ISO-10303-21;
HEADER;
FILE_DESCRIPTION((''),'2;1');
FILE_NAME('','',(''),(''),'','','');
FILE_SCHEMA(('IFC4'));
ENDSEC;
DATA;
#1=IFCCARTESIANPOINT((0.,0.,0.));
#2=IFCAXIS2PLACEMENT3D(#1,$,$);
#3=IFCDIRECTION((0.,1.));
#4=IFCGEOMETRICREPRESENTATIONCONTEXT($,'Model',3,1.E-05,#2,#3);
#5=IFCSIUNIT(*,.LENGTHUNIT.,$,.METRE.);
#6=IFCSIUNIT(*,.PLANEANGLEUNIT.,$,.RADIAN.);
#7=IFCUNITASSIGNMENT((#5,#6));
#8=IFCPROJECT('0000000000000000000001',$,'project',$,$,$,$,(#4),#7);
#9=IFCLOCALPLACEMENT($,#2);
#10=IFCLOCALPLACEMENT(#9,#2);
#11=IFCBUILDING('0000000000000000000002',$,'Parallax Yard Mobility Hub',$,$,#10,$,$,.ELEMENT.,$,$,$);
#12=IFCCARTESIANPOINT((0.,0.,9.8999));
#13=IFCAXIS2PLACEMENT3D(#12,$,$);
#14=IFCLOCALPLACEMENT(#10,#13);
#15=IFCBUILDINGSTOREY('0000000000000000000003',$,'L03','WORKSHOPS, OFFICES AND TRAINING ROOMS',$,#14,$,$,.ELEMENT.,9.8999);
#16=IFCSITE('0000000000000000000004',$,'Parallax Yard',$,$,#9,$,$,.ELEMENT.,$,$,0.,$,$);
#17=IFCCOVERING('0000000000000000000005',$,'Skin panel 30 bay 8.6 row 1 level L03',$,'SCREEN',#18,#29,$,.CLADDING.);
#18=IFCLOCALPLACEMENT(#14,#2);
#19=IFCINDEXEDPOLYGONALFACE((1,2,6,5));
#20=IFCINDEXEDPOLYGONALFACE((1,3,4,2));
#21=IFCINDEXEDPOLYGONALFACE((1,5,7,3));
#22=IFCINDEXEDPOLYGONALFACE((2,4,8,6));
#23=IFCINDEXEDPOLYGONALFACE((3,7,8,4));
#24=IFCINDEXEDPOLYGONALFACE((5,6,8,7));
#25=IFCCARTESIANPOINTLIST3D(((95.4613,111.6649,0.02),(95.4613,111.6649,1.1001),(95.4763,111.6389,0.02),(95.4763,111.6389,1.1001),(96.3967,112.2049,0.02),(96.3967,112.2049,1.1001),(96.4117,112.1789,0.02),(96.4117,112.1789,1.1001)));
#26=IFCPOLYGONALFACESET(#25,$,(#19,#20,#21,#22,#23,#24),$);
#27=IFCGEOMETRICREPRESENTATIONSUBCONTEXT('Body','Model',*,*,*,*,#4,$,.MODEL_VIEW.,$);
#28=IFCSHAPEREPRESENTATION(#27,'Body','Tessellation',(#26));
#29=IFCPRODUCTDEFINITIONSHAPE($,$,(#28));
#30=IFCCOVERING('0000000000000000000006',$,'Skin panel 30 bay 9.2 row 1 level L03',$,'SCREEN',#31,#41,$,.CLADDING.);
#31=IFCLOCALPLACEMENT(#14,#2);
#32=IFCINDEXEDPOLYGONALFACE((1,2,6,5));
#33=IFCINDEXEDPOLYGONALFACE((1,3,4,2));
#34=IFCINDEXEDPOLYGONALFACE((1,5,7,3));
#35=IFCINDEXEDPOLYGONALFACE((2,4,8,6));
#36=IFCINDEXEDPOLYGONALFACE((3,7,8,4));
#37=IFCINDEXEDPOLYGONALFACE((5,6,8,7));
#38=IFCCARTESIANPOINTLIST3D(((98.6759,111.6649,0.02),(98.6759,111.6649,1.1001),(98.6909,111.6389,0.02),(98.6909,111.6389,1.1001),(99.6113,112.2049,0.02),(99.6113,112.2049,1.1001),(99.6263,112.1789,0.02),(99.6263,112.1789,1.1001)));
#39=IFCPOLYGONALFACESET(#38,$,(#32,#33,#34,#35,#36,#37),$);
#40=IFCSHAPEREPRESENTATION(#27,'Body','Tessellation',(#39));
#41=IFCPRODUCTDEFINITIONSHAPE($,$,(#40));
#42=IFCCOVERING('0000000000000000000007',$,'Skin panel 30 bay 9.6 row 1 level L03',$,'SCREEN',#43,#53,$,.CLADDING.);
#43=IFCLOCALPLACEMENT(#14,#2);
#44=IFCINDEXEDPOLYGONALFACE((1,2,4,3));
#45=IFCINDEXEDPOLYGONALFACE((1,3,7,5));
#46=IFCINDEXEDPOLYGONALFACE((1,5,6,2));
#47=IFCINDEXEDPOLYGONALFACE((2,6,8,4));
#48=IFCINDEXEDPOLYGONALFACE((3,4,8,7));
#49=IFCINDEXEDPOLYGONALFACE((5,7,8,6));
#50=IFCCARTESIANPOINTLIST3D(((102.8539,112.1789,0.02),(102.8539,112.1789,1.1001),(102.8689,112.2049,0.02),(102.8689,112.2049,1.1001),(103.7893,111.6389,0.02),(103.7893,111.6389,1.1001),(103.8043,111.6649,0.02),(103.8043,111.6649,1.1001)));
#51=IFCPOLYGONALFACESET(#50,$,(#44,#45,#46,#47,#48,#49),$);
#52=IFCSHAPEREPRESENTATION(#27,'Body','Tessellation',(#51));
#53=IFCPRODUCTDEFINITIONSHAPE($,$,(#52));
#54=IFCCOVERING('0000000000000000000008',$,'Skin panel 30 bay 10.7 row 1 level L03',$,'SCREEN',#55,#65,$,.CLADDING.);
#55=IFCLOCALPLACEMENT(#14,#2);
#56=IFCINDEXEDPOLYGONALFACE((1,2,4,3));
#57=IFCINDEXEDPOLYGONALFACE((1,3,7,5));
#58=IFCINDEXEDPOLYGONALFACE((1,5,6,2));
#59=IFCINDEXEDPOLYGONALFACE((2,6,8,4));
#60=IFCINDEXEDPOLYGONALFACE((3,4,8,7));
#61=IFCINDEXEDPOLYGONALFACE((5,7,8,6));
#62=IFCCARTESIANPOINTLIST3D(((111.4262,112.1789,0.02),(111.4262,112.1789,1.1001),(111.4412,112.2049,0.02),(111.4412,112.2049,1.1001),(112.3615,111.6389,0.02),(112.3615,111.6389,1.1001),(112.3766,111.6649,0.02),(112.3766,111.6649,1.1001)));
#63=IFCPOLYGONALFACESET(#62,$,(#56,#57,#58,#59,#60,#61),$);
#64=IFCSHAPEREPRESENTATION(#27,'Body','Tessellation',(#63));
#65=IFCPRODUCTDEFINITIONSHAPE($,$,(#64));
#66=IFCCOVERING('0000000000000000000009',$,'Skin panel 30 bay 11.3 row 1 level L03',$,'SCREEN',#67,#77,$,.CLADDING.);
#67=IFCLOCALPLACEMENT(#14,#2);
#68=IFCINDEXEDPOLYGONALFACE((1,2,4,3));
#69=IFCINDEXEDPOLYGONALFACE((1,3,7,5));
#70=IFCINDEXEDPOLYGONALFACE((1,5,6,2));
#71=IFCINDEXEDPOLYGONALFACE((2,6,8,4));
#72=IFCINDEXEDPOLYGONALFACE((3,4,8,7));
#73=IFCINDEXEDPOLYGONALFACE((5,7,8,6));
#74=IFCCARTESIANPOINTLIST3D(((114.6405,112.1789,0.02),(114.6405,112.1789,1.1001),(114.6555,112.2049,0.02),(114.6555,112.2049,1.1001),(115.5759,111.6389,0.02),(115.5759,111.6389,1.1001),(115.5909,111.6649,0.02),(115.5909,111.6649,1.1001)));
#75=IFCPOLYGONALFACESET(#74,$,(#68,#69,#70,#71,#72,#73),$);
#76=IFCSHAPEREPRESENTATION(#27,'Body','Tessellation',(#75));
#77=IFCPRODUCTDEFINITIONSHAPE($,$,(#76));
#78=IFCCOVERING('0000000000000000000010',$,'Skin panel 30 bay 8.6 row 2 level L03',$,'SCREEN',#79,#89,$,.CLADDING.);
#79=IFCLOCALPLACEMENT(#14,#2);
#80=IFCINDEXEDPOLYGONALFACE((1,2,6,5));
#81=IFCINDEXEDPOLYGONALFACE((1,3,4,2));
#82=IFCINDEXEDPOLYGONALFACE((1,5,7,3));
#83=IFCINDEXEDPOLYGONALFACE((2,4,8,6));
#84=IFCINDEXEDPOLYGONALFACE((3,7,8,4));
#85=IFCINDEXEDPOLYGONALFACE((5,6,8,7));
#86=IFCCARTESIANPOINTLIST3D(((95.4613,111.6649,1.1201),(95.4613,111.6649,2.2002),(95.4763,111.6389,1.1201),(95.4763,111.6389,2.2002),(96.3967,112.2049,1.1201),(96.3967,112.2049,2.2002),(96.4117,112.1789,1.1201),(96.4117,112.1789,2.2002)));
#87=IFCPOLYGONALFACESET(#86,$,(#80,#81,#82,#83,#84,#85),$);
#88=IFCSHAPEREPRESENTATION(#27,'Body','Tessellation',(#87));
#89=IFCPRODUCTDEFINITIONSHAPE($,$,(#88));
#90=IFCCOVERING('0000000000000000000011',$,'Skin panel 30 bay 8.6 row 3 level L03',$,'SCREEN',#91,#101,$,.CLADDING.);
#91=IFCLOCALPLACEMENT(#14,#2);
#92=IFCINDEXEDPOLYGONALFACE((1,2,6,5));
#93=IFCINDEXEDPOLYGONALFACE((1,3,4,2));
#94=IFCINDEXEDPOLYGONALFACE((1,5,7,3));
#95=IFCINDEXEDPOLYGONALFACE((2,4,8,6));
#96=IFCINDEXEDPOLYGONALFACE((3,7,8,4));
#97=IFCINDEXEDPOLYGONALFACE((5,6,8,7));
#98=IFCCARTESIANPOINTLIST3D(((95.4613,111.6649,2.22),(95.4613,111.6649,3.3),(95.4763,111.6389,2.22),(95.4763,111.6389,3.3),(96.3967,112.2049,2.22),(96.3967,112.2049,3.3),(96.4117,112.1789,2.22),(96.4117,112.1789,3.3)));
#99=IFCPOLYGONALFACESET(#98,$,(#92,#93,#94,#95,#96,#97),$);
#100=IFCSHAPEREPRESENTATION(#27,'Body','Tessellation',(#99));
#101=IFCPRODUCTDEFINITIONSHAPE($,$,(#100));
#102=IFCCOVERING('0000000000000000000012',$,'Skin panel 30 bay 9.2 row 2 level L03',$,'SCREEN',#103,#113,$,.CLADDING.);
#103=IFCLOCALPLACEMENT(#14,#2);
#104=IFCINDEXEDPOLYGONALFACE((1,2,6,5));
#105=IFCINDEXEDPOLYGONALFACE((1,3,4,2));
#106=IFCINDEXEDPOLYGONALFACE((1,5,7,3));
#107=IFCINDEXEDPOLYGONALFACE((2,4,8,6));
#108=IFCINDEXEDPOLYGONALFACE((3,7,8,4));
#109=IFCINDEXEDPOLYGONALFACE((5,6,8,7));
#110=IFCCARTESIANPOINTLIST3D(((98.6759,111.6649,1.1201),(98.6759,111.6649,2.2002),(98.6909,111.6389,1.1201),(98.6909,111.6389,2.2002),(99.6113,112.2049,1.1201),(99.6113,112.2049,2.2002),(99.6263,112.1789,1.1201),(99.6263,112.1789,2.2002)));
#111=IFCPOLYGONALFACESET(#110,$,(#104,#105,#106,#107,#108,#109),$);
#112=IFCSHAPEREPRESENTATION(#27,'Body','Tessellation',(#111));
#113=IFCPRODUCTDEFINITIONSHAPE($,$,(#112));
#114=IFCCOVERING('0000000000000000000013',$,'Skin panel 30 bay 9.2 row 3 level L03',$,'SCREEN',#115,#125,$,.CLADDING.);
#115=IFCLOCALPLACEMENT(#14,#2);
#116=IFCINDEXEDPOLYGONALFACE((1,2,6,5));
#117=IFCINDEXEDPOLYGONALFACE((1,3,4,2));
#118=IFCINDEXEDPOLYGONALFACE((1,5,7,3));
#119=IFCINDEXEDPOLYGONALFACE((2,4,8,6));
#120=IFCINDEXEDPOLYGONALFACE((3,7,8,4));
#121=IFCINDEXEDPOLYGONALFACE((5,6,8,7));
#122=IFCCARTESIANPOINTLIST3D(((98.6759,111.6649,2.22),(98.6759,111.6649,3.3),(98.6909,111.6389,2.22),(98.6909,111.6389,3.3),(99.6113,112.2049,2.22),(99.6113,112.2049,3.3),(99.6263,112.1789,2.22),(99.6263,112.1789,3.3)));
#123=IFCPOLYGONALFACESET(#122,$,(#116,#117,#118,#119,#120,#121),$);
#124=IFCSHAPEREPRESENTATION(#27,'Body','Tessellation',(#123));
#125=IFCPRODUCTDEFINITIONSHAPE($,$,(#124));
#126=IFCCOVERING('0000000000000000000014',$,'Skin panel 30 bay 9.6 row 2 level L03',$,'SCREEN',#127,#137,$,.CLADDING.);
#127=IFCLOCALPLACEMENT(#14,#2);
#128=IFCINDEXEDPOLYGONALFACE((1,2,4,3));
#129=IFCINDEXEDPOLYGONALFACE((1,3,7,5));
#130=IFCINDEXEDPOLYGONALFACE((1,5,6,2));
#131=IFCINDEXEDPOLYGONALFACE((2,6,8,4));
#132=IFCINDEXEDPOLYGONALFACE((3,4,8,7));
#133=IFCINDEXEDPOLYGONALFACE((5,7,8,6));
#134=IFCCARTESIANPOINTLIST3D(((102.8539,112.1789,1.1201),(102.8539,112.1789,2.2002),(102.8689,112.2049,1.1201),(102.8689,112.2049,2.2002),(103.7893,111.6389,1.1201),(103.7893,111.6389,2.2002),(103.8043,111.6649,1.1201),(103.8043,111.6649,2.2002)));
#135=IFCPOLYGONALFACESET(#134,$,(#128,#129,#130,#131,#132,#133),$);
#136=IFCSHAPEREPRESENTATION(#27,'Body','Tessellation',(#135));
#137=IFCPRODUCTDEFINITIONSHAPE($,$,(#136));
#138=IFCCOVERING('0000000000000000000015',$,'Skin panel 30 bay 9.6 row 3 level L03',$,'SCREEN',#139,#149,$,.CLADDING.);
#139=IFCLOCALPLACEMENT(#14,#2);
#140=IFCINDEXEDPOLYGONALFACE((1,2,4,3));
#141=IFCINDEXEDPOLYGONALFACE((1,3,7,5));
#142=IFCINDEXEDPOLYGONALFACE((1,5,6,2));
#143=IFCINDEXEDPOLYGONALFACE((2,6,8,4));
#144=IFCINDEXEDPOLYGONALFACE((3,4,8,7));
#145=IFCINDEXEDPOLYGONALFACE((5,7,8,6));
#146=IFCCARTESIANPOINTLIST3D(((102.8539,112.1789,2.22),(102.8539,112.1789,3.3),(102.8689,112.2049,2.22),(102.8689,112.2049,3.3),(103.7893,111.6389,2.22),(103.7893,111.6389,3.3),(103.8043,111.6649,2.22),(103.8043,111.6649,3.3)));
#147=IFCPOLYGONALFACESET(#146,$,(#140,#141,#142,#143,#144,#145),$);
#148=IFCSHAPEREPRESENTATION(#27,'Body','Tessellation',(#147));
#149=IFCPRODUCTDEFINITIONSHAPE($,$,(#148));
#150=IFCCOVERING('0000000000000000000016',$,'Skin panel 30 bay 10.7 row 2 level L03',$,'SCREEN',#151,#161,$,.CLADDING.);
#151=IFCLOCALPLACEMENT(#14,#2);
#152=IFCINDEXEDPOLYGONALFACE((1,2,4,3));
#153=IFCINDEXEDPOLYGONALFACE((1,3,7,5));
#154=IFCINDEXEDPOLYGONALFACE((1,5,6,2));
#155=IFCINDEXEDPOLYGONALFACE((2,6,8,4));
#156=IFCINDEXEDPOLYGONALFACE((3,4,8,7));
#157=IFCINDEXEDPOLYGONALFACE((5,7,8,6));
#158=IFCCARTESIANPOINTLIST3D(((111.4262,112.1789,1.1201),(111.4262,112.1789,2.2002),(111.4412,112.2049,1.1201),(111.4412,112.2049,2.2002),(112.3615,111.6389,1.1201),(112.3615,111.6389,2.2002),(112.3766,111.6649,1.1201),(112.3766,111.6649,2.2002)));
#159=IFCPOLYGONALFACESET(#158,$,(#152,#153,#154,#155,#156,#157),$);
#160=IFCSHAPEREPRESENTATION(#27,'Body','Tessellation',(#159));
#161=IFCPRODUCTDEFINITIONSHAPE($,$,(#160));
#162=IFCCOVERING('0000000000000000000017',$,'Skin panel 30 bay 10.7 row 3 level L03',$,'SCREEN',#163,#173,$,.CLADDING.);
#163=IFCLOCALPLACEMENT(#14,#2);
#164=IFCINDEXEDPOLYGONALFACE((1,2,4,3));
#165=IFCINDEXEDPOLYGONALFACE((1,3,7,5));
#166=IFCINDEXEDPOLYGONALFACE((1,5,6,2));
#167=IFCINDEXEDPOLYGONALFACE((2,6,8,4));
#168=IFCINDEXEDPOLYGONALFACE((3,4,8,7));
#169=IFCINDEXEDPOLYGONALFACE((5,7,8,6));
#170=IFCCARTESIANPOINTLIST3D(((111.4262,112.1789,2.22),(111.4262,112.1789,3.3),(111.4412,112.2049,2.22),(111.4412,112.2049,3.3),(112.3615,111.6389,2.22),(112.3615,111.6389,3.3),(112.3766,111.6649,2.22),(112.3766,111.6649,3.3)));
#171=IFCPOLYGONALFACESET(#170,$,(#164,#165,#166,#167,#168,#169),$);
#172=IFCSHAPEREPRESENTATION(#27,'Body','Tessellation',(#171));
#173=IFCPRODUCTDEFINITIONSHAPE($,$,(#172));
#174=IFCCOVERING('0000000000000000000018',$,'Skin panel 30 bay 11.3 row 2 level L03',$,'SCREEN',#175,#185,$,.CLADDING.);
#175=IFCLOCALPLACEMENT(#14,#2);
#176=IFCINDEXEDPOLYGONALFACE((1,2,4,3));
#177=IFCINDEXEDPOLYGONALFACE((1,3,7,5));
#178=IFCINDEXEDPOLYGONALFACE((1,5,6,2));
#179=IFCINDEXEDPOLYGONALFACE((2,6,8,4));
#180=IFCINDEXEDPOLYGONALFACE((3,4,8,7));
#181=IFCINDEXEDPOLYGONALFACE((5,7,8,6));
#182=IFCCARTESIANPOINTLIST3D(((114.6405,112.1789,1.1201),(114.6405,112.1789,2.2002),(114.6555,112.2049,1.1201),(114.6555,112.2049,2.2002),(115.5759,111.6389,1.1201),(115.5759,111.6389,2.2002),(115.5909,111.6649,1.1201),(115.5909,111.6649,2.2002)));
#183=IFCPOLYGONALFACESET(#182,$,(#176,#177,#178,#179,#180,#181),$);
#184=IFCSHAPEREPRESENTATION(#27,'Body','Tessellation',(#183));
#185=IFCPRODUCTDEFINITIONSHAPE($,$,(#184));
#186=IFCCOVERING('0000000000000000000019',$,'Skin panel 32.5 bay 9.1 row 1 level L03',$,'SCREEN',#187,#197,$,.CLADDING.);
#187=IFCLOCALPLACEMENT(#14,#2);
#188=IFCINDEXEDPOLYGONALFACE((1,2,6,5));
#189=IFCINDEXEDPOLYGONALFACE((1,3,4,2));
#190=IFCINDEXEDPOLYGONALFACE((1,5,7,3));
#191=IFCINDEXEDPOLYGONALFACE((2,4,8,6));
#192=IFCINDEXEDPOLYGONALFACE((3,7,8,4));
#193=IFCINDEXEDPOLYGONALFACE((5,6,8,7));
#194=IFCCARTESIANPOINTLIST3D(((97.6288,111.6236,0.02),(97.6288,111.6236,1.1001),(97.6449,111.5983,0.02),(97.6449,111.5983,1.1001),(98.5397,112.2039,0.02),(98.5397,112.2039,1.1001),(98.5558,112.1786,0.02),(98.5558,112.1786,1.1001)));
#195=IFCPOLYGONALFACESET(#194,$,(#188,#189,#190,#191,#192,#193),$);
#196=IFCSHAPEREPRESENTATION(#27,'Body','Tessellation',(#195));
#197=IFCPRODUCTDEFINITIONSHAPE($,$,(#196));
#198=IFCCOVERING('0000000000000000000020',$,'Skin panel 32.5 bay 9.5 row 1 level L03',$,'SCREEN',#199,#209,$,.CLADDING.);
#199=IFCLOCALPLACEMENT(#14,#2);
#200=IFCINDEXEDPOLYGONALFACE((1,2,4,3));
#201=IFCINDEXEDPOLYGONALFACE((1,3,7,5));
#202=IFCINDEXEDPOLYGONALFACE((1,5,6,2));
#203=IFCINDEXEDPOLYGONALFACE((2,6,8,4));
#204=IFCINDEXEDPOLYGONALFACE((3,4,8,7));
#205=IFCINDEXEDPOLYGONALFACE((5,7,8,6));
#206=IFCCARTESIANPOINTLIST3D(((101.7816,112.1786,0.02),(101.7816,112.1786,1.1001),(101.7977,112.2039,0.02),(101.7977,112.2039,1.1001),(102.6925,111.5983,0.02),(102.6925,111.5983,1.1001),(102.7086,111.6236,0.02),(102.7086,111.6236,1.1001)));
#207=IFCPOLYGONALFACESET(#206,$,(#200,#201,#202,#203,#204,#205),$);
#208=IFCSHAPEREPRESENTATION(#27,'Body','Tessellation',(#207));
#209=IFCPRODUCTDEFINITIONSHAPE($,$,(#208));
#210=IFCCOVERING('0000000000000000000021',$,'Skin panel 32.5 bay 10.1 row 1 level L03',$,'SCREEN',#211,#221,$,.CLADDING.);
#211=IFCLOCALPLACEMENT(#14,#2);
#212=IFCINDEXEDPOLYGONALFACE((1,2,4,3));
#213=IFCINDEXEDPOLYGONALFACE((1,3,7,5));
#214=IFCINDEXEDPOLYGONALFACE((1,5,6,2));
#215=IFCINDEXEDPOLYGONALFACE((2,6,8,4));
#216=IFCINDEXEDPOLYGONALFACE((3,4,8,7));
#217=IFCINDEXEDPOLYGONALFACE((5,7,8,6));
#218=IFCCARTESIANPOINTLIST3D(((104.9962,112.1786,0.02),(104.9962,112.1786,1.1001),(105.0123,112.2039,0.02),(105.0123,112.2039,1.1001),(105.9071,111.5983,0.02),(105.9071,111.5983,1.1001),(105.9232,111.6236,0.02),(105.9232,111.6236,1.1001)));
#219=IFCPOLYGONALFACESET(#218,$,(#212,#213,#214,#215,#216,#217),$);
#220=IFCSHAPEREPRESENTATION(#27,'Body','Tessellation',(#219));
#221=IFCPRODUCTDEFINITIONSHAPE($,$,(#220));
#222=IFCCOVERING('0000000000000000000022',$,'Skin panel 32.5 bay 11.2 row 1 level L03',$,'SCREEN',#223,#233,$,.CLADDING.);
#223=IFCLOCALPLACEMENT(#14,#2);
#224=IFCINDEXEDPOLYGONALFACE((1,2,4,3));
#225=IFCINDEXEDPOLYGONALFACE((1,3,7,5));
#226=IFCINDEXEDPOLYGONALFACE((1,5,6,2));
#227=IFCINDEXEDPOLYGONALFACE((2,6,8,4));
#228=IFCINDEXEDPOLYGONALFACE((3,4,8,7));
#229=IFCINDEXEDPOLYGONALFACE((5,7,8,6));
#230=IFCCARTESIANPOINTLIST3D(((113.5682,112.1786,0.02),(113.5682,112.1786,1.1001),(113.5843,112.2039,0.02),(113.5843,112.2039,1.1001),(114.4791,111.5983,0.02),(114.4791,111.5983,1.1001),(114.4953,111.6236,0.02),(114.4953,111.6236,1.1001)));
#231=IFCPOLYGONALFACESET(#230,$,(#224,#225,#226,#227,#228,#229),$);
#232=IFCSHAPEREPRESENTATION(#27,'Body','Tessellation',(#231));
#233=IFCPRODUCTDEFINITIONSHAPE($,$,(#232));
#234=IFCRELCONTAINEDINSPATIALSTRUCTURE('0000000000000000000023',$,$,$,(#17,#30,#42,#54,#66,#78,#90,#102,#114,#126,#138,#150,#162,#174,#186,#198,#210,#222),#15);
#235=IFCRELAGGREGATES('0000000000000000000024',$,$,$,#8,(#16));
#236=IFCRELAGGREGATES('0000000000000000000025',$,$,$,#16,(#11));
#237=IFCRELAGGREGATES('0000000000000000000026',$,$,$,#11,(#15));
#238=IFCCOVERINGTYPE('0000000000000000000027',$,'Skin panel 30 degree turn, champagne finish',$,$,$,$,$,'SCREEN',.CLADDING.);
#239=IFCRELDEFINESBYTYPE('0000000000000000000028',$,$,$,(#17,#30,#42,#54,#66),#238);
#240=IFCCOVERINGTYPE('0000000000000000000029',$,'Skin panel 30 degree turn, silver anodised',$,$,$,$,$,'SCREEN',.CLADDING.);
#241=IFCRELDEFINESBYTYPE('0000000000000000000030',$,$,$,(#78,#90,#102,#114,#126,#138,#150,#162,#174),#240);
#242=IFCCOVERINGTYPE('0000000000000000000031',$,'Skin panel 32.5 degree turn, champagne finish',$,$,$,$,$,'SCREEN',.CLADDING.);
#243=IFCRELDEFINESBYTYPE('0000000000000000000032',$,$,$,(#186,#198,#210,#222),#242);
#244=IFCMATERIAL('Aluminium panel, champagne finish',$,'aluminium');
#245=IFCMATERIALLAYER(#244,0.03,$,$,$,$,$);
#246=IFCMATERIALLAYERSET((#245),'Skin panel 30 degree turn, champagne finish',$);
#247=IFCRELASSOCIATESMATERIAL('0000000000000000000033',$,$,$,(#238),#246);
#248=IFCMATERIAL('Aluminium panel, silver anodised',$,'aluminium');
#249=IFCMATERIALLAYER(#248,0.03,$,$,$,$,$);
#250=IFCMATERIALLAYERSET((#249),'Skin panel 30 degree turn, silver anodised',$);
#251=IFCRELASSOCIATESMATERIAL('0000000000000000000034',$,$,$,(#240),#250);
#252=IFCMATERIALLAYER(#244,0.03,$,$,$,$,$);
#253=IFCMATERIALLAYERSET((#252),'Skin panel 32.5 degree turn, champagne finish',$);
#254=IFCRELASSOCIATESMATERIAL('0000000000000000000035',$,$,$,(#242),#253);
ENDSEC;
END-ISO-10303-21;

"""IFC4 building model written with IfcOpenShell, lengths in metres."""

from ifc_helpers import new_model, si_unit, direction, frame, origin, origin_2d, place, context, subcontext, project, spatial, rectangle, extrude, material, layer, layer_set, type_object, element, save


model = new_model("IFC4")

# Units and contexts
model_context = context("Model", 3, precision=1e-05, world=origin(), true_north=direction((0.0, 1.0)))
body_context = subcontext(model_context, "Body", "Model", "MODEL_VIEW")
ifc_project = project(units=[si_unit("LENGTHUNIT", "METRE"), si_unit("PLANEANGLEUNIT", "RADIAN")], contexts=[model_context])

# Site, building, storey
site_placement = place(None, origin())
site = spatial("IfcSite", under=ifc_project, at=site_placement, Name="Parallax Yard", CompositionType="ELEMENT", RefElevation=0.0)
building_placement = place(site_placement, origin())
building = spatial("IfcBuilding", under=site, at=building_placement, Name="Parallax Yard Mobility Hub", CompositionType="ELEMENT")
storey_placement = place(building_placement, frame((0.0, 0.0, 9.8999)))
storey = spatial("IfcBuildingStorey", under=building, at=storey_placement, Name="L03", Description="WORKSHOPS, OFFICES AND TRAINING ROOMS", CompositionType="ELEMENT", Elevation=9.8999)

# Coverings
ifc_material_1 = material(Name="Aluminium panel, champagne finish", Category="aluminium")
ifc_layer_1 = layer(ifc_material_1, 0.03)
ifc_layer_set_1 = layer_set([ifc_layer_1], Name="Skin panel 30 degree turn, champagne finish")
covering_type_1 = type_object("IfcCoveringType", Name="Skin panel 30 degree turn, champagne finish", ElementType="SCREEN", PredefinedType="CLADDING", material=ifc_layer_set_1)
for number, where, z_axis, x_axis, name in (
    (1, (95.9365, 111.9219, 0.02), (0.0, 0.0, 1.0), (-0.866025, -0.5, 0.0), "Skin panel 30 bay 8.6 row 1 level L03"),
    (2, (99.1511, 111.9219, 0.02), (0.0, 0.0, 1.0), (-0.866025, -0.5, 0.0), "Skin panel 30 bay 9.2 row 1 level L03"),
    (3, (103.3291, 111.9219, 0.02), (0.0, 0.0, 1.0), (0.866025, -0.5, 0.0), "Skin panel 30 bay 9.6 row 1 level L03"),
    (4, (111.9014, 111.9219, 0.02), (0.0, 0.0, 1.0), (0.866025, -0.5, 0.0), "Skin panel 30 bay 10.7 row 1 level L03"),
    (5, (115.1157, 111.9219, 0.02), (0.0, 0.0, 1.0), (0.866025, -0.5, 0.0), "Skin panel 30 bay 11.3 row 1 level L03"),
):
    element("IfcCovering", number, at=place(storey_placement, frame(where, z_axis=z_axis, x_axis=x_axis)), inside=storey, type_object=covering_type_1, Name=name, ObjectType="SCREEN", PredefinedType="CLADDING", context=body_context, shape_type="SweptSolid", body=[
        extrude(rectangle(XDim=1.0801, YDim=0.03, at=origin_2d()), origin(), (0.0, 0.0, 1.0), 1.0801),
    ])
ifc_material_2 = material(Name="Aluminium panel, silver anodised", Category="aluminium")
ifc_layer_2 = layer(ifc_material_2, 0.03)
ifc_layer_set_2 = layer_set([ifc_layer_2], Name="Skin panel 30 degree turn, silver anodised")
covering_type_2 = type_object("IfcCoveringType", Name="Skin panel 30 degree turn, silver anodised", ElementType="SCREEN", PredefinedType="CLADDING", material=ifc_layer_set_2)
for number, where, z_axis, x_axis, name in (
    (6, (95.9365, 111.9219, 1.1201), (0.0, 0.0, 1.0), (-0.866025, -0.5, 0.0), "Skin panel 30 bay 8.6 row 2 level L03"),
    (7, (95.9365, 111.9219, 2.22), (0.0, 0.0, 1.0), (-0.866025, -0.5, 0.0), "Skin panel 30 bay 8.6 row 3 level L03"),
    (8, (99.1511, 111.9219, 1.1201), (0.0, 0.0, 1.0), (-0.866025, -0.5, 0.0), "Skin panel 30 bay 9.2 row 2 level L03"),
    (9, (99.1511, 111.9219, 2.22), (0.0, 0.0, 1.0), (-0.866025, -0.5, 0.0), "Skin panel 30 bay 9.2 row 3 level L03"),
    (10, (103.3291, 111.9219, 1.1201), (0.0, 0.0, 1.0), (0.866025, -0.5, 0.0), "Skin panel 30 bay 9.6 row 2 level L03"),
    (11, (103.3291, 111.9219, 2.22), (0.0, 0.0, 1.0), (0.866025, -0.5, 0.0), "Skin panel 30 bay 9.6 row 3 level L03"),
    (12, (111.9014, 111.9219, 1.1201), (0.0, 0.0, 1.0), (0.866025, -0.5, 0.0), "Skin panel 30 bay 10.7 row 2 level L03"),
    (13, (111.9014, 111.9219, 2.22), (0.0, 0.0, 1.0), (0.866025, -0.5, 0.0), "Skin panel 30 bay 10.7 row 3 level L03"),
    (14, (115.1157, 111.9219, 1.1201), (0.0, 0.0, 1.0), (0.866025, -0.5, 0.0), "Skin panel 30 bay 11.3 row 2 level L03"),
):
    element("IfcCovering", number, at=place(storey_placement, frame(where, z_axis=z_axis, x_axis=x_axis)), inside=storey, type_object=covering_type_2, Name=name, ObjectType="SCREEN", PredefinedType="CLADDING", context=body_context, shape_type="SweptSolid", body=[
        extrude(rectangle(XDim=1.0801, YDim=0.03, at=origin_2d()), origin(), (0.0, 0.0, 1.0), 1.0801),
    ])
ifc_layer_3 = layer(ifc_material_1, 0.03)
ifc_layer_set_3 = layer_set([ifc_layer_3], Name="Skin panel 32.5 degree turn, champagne finish")
covering_type_3 = type_object("IfcCoveringType", Name="Skin panel 32.5 degree turn, champagne finish", ElementType="SCREEN", PredefinedType="CLADDING", material=ifc_layer_set_3)
for number, where, z_axis, x_axis, name in (
    (15, (98.0923, 111.9011, 0.02), (0.0, 0.0, 1.0), (-0.843391, -0.5373, 0.0), "Skin panel 32.5 bay 9.1 row 1 level L03"),
    (16, (102.2451, 111.9011, 0.02), (0.0, 0.0, 1.0), (0.843391, -0.5373, 0.0), "Skin panel 32.5 bay 9.5 row 1 level L03"),
    (17, (105.4597, 111.9011, 0.02), (0.0, 0.0, 1.0), (0.843391, -0.5373, 0.0), "Skin panel 32.5 bay 10.1 row 1 level L03"),
    (18, (114.0317, 111.9011, 0.02), (0.0, 0.0, 1.0), (0.843391, -0.5373, 0.0), "Skin panel 32.5 bay 11.2 row 1 level L03"),
):
    element("IfcCovering", number, at=place(storey_placement, frame(where, z_axis=z_axis, x_axis=x_axis)), inside=storey, type_object=covering_type_3, Name=name, ObjectType="SCREEN", PredefinedType="CLADDING", context=body_context, shape_type="SweptSolid", body=[
        extrude(rectangle(XDim=1.0801, YDim=0.03, at=origin_2d()), origin(), (0.0, 0.0, 1.0), 1.0801),
    ])

save(model, "model.ifc")
